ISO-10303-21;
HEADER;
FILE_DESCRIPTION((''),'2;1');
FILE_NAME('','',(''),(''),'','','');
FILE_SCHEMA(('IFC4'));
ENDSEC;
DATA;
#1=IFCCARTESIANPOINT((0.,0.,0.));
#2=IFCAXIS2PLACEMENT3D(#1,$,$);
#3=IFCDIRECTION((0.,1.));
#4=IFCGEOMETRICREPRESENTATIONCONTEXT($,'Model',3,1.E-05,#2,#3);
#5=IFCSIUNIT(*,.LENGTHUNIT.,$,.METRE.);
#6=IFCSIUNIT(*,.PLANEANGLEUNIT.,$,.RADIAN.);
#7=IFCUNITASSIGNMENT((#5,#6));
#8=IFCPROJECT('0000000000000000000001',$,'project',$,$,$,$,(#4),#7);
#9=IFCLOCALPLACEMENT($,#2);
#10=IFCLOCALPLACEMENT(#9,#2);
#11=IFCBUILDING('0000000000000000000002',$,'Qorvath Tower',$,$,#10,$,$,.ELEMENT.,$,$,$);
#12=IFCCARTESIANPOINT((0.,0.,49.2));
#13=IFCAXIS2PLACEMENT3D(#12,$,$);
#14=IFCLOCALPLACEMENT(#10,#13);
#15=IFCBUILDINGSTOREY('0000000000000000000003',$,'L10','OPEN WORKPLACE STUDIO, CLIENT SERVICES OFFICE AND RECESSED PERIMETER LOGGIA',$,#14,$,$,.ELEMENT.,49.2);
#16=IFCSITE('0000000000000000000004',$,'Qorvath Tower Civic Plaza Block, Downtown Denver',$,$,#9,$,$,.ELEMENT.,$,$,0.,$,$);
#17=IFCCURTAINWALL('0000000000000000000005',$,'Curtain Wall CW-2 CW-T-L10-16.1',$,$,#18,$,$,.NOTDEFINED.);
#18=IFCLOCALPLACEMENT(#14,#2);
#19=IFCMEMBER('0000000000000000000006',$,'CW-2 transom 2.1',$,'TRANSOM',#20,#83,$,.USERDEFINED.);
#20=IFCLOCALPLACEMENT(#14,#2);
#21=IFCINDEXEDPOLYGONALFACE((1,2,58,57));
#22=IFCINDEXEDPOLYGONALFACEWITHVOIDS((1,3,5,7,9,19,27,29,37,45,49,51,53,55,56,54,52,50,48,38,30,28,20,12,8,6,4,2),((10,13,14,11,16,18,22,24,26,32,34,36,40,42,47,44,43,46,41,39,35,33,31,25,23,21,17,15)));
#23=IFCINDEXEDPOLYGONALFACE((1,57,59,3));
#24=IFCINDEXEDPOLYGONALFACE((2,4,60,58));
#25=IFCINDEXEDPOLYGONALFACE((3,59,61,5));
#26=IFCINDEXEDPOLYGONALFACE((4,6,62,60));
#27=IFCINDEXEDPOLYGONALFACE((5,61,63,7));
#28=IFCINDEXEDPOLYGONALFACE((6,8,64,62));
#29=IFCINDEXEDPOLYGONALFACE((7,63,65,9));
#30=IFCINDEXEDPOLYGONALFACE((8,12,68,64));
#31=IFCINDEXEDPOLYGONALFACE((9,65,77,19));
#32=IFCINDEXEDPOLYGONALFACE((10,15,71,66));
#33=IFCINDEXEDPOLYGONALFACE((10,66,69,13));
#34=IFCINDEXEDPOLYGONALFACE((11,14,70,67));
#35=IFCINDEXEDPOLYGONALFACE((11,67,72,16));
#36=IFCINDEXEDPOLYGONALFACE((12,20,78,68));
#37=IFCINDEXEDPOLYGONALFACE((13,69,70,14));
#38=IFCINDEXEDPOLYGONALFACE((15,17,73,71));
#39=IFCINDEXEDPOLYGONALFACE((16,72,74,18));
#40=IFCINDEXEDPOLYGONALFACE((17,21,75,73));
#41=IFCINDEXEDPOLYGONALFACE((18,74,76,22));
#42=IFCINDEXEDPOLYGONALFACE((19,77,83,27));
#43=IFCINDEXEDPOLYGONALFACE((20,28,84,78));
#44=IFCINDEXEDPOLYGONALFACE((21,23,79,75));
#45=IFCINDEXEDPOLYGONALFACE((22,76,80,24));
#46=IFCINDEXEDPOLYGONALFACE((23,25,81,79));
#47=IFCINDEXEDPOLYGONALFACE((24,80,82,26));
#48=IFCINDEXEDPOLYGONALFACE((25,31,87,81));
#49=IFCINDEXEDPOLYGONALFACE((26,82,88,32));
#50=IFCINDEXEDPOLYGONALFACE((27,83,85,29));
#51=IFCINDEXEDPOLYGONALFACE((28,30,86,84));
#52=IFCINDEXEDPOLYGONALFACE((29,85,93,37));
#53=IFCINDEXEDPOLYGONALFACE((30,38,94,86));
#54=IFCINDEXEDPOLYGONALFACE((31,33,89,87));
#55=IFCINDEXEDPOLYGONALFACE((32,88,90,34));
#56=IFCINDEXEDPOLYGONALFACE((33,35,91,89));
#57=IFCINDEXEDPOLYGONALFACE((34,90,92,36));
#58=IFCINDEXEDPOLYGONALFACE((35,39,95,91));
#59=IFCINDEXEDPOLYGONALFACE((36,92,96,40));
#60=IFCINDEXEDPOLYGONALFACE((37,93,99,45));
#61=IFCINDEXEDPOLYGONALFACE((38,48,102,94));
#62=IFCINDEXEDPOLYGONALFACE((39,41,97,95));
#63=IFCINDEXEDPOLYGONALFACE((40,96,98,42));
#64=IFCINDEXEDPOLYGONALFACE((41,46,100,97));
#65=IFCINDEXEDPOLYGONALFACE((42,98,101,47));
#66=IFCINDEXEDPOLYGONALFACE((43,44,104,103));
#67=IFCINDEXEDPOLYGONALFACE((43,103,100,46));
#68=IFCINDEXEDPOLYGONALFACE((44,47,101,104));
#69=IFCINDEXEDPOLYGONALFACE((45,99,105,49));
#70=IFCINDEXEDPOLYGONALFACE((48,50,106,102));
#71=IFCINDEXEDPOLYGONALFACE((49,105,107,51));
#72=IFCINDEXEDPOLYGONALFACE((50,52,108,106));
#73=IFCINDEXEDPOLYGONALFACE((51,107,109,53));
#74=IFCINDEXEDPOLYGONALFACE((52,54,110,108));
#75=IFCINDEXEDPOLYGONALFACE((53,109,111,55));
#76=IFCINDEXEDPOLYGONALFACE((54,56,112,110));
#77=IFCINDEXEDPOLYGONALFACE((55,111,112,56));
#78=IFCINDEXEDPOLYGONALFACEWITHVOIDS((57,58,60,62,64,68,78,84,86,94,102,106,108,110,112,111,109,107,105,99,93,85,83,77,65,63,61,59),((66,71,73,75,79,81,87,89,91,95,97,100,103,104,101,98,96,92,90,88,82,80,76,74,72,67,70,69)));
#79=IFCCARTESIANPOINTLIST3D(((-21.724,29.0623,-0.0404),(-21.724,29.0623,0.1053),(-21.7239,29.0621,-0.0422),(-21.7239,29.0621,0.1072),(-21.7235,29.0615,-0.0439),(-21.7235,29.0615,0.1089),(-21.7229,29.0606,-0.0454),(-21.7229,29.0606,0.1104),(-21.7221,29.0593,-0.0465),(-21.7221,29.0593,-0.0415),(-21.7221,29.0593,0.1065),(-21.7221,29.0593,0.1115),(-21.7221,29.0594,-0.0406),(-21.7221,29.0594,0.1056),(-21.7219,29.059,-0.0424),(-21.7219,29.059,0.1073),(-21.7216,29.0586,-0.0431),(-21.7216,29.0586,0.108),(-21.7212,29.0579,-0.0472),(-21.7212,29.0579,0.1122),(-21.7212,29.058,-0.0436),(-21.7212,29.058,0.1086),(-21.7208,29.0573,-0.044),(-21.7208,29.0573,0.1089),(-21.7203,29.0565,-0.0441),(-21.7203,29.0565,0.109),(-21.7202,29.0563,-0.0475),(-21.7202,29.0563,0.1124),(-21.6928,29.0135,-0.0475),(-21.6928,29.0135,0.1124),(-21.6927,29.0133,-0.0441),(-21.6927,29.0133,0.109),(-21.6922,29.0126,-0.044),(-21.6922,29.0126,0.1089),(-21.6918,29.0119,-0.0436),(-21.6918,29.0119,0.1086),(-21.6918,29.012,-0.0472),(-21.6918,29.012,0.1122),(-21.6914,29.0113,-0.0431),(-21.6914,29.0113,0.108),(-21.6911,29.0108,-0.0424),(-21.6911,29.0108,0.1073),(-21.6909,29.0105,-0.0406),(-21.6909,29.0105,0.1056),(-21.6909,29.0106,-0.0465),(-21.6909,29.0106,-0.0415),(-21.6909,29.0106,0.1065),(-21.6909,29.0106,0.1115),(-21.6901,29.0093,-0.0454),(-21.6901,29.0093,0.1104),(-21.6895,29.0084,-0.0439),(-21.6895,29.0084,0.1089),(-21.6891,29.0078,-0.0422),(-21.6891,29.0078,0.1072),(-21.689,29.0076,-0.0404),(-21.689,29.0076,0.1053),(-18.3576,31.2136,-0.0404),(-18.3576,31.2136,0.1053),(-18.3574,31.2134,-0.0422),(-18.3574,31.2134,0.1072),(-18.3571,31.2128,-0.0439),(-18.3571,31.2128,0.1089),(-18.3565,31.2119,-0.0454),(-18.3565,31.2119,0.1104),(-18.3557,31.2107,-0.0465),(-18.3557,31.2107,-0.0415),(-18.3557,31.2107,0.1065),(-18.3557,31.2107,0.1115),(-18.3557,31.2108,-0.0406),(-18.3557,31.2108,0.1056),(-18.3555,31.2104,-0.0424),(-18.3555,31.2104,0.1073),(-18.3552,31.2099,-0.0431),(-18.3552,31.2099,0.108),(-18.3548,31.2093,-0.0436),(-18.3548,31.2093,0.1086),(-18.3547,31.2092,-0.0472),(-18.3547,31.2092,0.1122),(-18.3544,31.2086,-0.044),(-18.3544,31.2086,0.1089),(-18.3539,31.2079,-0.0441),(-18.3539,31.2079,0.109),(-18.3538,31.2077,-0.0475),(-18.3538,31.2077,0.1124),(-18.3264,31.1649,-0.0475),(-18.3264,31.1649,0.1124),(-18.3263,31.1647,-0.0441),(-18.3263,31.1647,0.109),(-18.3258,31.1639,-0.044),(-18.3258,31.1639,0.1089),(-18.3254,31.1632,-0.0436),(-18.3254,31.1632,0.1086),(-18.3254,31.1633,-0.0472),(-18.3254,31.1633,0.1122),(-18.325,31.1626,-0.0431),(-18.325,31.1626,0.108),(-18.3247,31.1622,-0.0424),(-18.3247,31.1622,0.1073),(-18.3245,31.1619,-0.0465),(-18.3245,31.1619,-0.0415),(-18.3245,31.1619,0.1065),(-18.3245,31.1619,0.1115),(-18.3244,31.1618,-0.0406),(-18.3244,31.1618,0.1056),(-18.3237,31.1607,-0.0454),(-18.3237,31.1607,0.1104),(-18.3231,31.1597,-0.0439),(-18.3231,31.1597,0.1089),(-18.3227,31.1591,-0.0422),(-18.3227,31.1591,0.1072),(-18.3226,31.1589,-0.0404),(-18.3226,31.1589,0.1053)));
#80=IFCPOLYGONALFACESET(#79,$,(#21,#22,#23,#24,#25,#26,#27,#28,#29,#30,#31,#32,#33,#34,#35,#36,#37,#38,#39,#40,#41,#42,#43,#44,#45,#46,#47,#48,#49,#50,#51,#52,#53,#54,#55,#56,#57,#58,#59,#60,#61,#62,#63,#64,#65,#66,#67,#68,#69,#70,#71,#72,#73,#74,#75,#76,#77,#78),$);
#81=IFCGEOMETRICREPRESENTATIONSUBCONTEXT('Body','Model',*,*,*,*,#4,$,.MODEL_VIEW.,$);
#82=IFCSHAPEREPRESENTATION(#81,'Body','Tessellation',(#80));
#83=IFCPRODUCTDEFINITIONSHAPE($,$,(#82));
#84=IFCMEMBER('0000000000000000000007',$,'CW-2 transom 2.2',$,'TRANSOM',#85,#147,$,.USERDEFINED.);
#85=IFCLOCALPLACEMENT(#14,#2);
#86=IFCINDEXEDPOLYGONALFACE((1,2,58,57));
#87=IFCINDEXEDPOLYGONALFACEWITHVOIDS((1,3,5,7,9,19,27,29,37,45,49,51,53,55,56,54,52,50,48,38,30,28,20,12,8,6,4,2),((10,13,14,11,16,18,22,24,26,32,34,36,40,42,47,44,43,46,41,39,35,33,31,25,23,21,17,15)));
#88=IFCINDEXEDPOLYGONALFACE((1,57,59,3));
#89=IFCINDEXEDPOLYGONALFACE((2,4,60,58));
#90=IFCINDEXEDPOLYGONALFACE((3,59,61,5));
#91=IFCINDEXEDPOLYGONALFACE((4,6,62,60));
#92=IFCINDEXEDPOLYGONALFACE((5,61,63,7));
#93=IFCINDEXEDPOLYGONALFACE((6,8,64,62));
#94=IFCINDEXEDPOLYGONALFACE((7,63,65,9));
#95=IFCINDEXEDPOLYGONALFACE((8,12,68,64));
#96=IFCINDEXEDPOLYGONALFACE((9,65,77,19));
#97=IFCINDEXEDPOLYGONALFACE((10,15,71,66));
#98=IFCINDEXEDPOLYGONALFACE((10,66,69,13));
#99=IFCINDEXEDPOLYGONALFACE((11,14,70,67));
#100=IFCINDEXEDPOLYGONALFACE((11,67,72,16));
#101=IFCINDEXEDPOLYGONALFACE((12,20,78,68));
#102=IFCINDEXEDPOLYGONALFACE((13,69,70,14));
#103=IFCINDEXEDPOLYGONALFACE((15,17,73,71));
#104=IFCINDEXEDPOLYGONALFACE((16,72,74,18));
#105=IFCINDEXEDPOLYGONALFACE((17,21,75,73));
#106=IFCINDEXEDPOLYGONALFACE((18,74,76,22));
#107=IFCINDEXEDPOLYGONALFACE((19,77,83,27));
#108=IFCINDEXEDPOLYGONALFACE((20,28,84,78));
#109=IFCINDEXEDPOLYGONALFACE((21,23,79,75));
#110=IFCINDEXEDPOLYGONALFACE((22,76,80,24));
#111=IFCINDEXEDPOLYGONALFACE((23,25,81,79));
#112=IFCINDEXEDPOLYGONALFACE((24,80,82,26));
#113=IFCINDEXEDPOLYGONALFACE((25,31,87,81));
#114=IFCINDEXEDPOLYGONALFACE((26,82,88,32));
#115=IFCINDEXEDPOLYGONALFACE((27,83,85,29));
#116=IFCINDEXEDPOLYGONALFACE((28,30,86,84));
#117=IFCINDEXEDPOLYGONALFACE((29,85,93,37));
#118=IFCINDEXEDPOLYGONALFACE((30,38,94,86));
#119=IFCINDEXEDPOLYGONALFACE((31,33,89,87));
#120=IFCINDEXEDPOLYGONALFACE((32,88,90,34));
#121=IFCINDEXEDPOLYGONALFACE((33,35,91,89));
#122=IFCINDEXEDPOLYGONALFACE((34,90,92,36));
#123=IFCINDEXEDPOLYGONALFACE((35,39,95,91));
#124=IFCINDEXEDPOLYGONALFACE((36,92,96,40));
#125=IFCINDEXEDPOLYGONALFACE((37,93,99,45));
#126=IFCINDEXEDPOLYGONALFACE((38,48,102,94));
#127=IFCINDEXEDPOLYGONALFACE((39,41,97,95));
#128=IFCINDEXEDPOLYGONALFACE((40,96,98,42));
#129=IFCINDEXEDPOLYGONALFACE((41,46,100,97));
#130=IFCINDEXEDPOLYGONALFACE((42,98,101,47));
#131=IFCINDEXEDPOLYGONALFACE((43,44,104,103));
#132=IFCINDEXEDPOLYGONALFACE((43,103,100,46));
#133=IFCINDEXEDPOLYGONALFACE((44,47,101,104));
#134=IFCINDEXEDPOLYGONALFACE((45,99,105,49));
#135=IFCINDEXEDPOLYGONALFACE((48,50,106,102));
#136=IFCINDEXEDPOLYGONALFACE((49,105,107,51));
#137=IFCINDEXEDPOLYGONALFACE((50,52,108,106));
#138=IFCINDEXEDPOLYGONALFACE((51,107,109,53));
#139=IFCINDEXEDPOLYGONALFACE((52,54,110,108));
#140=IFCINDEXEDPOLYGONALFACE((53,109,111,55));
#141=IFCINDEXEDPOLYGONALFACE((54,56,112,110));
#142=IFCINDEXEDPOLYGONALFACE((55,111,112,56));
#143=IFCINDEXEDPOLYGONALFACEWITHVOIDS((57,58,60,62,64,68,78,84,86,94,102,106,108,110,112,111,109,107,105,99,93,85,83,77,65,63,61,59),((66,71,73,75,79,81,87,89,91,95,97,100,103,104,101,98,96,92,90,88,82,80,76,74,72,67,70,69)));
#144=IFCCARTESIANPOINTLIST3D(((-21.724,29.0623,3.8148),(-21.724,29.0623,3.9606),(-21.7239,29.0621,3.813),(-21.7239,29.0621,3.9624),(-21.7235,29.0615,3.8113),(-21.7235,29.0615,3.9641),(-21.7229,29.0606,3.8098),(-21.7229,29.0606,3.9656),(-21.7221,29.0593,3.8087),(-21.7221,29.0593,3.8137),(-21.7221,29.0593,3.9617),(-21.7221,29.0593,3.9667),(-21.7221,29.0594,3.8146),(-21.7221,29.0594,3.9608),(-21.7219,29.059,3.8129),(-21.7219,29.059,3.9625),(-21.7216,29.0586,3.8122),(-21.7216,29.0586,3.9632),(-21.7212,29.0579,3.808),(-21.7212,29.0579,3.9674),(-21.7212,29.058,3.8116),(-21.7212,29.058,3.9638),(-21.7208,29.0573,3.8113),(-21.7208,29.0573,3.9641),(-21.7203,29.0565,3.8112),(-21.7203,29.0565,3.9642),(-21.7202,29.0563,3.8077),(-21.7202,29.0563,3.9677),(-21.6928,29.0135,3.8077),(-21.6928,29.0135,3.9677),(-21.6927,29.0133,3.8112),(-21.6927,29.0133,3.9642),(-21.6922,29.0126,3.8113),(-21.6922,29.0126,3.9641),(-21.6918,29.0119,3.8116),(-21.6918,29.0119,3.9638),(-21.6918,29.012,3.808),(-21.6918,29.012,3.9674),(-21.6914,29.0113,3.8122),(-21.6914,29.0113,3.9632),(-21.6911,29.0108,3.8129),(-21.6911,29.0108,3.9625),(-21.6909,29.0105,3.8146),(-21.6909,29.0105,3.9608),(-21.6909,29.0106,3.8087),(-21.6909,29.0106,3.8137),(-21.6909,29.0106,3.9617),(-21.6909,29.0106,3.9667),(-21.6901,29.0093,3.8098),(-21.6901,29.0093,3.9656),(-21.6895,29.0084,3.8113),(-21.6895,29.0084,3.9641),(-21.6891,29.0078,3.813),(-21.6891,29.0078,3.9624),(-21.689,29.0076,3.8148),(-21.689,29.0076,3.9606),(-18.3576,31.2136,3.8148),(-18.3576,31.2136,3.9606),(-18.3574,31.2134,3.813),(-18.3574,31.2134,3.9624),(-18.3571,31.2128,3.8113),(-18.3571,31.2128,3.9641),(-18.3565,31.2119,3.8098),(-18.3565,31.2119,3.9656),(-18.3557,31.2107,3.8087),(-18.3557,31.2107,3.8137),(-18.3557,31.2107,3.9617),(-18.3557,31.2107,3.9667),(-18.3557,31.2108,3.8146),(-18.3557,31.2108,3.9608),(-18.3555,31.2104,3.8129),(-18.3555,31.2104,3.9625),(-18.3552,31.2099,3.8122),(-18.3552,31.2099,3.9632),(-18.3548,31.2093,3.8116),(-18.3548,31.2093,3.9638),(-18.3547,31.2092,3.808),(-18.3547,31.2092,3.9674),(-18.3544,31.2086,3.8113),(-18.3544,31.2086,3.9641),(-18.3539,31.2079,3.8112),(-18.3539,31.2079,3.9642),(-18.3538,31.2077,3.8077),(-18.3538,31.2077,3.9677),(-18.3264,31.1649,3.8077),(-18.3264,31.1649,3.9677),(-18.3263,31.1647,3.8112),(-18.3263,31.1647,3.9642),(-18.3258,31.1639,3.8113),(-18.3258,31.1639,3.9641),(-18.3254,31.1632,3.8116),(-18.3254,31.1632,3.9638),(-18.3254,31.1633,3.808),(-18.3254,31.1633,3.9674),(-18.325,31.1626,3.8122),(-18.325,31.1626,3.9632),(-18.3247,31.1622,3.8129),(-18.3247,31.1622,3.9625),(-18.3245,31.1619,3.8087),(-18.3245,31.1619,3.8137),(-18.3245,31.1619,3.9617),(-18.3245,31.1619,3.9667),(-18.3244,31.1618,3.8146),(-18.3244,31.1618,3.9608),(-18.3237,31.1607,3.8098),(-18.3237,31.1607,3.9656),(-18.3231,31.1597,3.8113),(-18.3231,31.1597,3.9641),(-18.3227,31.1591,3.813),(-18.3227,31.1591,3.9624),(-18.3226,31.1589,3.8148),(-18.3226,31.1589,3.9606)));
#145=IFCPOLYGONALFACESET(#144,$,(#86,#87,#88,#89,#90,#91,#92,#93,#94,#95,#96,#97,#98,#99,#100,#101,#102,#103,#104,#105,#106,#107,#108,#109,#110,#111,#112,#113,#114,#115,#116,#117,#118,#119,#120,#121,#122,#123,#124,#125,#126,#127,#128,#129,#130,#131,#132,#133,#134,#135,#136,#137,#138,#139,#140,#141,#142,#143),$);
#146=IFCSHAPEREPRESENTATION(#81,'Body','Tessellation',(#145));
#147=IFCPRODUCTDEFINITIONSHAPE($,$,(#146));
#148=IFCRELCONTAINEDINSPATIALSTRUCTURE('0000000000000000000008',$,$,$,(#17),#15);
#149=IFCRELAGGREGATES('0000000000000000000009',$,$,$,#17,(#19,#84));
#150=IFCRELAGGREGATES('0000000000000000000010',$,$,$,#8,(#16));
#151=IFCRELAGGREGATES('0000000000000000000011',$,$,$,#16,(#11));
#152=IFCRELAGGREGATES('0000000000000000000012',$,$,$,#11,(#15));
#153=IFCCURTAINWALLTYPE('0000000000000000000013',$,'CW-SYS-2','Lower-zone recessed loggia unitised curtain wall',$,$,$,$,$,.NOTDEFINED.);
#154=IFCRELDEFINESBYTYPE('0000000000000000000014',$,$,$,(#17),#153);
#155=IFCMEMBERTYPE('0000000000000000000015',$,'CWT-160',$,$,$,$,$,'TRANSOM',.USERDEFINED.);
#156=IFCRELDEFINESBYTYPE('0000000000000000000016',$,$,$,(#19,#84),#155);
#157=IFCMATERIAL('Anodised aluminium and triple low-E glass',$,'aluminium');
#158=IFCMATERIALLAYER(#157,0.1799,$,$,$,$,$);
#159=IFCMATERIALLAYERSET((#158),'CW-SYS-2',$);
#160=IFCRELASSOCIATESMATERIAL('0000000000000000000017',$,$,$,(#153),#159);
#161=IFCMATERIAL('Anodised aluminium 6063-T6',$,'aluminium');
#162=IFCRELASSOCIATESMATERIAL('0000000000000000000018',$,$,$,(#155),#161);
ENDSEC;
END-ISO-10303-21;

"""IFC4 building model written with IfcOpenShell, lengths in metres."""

from ifc_helpers import new_model, si_unit, direction, frame, origin, origin_2d, place, context, subcontext, project, spatial, hollow_rectangle, extrude, material, layer, layer_set, material_profile, profile_set, type_object, element, aggregate, save


model = new_model("IFC4")

# Units and contexts
model_context = context("Model", 3, precision=1e-05, world=origin(), true_north=direction((0.0, 1.0)))
body_context = subcontext(model_context, "Body", "Model", "MODEL_VIEW")
ifc_project = project(units=[si_unit("LENGTHUNIT", "METRE"), si_unit("PLANEANGLEUNIT", "RADIAN")], contexts=[model_context])

# Site, building, storey
site_placement = place(None, origin())
site = spatial("IfcSite", under=ifc_project, at=site_placement, Name="Qorvath Tower Civic Plaza Block, Downtown Denver", CompositionType="ELEMENT", RefElevation=0.0)
building_placement = place(site_placement, origin())
building = spatial("IfcBuilding", under=site, at=building_placement, Name="Qorvath Tower", CompositionType="ELEMENT")
storey_placement = place(building_placement, frame((0.0, 0.0, 49.2)))
storey = spatial("IfcBuildingStorey", under=building, at=storey_placement, Name="L10", Description="OPEN WORKPLACE STUDIO, CLIENT SERVICES OFFICE AND RECESSED PERIMETER LOGGIA", CompositionType="ELEMENT", Elevation=49.2)

# Curtain wall
ifc_material_1 = material(Name="Anodised aluminium and triple low-E glass", Category="aluminium")
ifc_layer_1 = layer(ifc_material_1, 0.1799)
ifc_layer_set_1 = layer_set([ifc_layer_1], Name="CW-SYS-2")
curtain_wall_type = type_object("IfcCurtainWallType", Name="CW-SYS-2", Description="Lower-zone recessed loggia unitised curtain wall", PredefinedType="NOTDEFINED", material=ifc_layer_set_1)
curtain_wall_1_placement = place(storey_placement, origin())
curtain_wall_1 = element("IfcCurtainWall", 1, at=curtain_wall_1_placement, inside=storey, type_object=curtain_wall_type, Name="Curtain Wall CW-2 CW-T-L10-16.1", PredefinedType="NOTDEFINED")

# Members
ifc_material_2 = material(Name="Anodised aluminium 6063-T6", Category="aluminium")
ifc_material_profile_1 = material_profile(ifc_material_2, hollow_rectangle(XDim=0.0649, YDim=0.1599, WallThickness=0.0034, InnerFilletRadius=0.0034, OuterFilletRadius=0.0071, at=origin_2d()), Name="CWT 160x65")
ifc_profile_set_1 = profile_set([ifc_material_profile_1], Name="Anodised aluminium 6063-T6")
member_type_1 = type_object("IfcMemberType", Name="CWT-160", ElementType="TRANSOM", PredefinedType="USERDEFINED", material=ifc_profile_set_1)
member_1_placement = place(storey_placement, frame((-18.3401, 31.1863, 0.0325), z_axis=(-0.842631, -0.538492, 0.0), x_axis=(0.538492, -0.842631, 0.0)))
member_1 = element("IfcMember", 2, at=member_1_placement, type_object=member_type_1, Name="CW-2 transom 2.1", ObjectType="TRANSOM", PredefinedType="USERDEFINED", context=body_context, shape_type="SweptSolid", body=[
    extrude(hollow_rectangle(XDim=0.0649, YDim=0.1599, WallThickness=0.0034, InnerFilletRadius=0.0034, OuterFilletRadius=0.0071, at=origin_2d()), origin(), (0.0, 0.0, 1.0), 3.9951),
])
member_2_placement = place(storey_placement, frame((-18.3401, 31.1863, 3.8877), z_axis=(-0.842631, -0.538492, 0.0), x_axis=(0.538492, -0.842631, 0.0)))
member_2 = element("IfcMember", 3, at=member_2_placement, type_object=member_type_1, Name="CW-2 transom 2.2", ObjectType="TRANSOM", PredefinedType="USERDEFINED", context=body_context, shape_type="SweptSolid", body=[
    extrude(hollow_rectangle(XDim=0.0649, YDim=0.1599, WallThickness=0.0034, InnerFilletRadius=0.0034, OuterFilletRadius=0.0071, at=origin_2d()), origin(), (0.0, 0.0, 1.0), 3.9951),
])

aggregate(curtain_wall_1, [member_1, member_2])

save(model, "model.ifc")
